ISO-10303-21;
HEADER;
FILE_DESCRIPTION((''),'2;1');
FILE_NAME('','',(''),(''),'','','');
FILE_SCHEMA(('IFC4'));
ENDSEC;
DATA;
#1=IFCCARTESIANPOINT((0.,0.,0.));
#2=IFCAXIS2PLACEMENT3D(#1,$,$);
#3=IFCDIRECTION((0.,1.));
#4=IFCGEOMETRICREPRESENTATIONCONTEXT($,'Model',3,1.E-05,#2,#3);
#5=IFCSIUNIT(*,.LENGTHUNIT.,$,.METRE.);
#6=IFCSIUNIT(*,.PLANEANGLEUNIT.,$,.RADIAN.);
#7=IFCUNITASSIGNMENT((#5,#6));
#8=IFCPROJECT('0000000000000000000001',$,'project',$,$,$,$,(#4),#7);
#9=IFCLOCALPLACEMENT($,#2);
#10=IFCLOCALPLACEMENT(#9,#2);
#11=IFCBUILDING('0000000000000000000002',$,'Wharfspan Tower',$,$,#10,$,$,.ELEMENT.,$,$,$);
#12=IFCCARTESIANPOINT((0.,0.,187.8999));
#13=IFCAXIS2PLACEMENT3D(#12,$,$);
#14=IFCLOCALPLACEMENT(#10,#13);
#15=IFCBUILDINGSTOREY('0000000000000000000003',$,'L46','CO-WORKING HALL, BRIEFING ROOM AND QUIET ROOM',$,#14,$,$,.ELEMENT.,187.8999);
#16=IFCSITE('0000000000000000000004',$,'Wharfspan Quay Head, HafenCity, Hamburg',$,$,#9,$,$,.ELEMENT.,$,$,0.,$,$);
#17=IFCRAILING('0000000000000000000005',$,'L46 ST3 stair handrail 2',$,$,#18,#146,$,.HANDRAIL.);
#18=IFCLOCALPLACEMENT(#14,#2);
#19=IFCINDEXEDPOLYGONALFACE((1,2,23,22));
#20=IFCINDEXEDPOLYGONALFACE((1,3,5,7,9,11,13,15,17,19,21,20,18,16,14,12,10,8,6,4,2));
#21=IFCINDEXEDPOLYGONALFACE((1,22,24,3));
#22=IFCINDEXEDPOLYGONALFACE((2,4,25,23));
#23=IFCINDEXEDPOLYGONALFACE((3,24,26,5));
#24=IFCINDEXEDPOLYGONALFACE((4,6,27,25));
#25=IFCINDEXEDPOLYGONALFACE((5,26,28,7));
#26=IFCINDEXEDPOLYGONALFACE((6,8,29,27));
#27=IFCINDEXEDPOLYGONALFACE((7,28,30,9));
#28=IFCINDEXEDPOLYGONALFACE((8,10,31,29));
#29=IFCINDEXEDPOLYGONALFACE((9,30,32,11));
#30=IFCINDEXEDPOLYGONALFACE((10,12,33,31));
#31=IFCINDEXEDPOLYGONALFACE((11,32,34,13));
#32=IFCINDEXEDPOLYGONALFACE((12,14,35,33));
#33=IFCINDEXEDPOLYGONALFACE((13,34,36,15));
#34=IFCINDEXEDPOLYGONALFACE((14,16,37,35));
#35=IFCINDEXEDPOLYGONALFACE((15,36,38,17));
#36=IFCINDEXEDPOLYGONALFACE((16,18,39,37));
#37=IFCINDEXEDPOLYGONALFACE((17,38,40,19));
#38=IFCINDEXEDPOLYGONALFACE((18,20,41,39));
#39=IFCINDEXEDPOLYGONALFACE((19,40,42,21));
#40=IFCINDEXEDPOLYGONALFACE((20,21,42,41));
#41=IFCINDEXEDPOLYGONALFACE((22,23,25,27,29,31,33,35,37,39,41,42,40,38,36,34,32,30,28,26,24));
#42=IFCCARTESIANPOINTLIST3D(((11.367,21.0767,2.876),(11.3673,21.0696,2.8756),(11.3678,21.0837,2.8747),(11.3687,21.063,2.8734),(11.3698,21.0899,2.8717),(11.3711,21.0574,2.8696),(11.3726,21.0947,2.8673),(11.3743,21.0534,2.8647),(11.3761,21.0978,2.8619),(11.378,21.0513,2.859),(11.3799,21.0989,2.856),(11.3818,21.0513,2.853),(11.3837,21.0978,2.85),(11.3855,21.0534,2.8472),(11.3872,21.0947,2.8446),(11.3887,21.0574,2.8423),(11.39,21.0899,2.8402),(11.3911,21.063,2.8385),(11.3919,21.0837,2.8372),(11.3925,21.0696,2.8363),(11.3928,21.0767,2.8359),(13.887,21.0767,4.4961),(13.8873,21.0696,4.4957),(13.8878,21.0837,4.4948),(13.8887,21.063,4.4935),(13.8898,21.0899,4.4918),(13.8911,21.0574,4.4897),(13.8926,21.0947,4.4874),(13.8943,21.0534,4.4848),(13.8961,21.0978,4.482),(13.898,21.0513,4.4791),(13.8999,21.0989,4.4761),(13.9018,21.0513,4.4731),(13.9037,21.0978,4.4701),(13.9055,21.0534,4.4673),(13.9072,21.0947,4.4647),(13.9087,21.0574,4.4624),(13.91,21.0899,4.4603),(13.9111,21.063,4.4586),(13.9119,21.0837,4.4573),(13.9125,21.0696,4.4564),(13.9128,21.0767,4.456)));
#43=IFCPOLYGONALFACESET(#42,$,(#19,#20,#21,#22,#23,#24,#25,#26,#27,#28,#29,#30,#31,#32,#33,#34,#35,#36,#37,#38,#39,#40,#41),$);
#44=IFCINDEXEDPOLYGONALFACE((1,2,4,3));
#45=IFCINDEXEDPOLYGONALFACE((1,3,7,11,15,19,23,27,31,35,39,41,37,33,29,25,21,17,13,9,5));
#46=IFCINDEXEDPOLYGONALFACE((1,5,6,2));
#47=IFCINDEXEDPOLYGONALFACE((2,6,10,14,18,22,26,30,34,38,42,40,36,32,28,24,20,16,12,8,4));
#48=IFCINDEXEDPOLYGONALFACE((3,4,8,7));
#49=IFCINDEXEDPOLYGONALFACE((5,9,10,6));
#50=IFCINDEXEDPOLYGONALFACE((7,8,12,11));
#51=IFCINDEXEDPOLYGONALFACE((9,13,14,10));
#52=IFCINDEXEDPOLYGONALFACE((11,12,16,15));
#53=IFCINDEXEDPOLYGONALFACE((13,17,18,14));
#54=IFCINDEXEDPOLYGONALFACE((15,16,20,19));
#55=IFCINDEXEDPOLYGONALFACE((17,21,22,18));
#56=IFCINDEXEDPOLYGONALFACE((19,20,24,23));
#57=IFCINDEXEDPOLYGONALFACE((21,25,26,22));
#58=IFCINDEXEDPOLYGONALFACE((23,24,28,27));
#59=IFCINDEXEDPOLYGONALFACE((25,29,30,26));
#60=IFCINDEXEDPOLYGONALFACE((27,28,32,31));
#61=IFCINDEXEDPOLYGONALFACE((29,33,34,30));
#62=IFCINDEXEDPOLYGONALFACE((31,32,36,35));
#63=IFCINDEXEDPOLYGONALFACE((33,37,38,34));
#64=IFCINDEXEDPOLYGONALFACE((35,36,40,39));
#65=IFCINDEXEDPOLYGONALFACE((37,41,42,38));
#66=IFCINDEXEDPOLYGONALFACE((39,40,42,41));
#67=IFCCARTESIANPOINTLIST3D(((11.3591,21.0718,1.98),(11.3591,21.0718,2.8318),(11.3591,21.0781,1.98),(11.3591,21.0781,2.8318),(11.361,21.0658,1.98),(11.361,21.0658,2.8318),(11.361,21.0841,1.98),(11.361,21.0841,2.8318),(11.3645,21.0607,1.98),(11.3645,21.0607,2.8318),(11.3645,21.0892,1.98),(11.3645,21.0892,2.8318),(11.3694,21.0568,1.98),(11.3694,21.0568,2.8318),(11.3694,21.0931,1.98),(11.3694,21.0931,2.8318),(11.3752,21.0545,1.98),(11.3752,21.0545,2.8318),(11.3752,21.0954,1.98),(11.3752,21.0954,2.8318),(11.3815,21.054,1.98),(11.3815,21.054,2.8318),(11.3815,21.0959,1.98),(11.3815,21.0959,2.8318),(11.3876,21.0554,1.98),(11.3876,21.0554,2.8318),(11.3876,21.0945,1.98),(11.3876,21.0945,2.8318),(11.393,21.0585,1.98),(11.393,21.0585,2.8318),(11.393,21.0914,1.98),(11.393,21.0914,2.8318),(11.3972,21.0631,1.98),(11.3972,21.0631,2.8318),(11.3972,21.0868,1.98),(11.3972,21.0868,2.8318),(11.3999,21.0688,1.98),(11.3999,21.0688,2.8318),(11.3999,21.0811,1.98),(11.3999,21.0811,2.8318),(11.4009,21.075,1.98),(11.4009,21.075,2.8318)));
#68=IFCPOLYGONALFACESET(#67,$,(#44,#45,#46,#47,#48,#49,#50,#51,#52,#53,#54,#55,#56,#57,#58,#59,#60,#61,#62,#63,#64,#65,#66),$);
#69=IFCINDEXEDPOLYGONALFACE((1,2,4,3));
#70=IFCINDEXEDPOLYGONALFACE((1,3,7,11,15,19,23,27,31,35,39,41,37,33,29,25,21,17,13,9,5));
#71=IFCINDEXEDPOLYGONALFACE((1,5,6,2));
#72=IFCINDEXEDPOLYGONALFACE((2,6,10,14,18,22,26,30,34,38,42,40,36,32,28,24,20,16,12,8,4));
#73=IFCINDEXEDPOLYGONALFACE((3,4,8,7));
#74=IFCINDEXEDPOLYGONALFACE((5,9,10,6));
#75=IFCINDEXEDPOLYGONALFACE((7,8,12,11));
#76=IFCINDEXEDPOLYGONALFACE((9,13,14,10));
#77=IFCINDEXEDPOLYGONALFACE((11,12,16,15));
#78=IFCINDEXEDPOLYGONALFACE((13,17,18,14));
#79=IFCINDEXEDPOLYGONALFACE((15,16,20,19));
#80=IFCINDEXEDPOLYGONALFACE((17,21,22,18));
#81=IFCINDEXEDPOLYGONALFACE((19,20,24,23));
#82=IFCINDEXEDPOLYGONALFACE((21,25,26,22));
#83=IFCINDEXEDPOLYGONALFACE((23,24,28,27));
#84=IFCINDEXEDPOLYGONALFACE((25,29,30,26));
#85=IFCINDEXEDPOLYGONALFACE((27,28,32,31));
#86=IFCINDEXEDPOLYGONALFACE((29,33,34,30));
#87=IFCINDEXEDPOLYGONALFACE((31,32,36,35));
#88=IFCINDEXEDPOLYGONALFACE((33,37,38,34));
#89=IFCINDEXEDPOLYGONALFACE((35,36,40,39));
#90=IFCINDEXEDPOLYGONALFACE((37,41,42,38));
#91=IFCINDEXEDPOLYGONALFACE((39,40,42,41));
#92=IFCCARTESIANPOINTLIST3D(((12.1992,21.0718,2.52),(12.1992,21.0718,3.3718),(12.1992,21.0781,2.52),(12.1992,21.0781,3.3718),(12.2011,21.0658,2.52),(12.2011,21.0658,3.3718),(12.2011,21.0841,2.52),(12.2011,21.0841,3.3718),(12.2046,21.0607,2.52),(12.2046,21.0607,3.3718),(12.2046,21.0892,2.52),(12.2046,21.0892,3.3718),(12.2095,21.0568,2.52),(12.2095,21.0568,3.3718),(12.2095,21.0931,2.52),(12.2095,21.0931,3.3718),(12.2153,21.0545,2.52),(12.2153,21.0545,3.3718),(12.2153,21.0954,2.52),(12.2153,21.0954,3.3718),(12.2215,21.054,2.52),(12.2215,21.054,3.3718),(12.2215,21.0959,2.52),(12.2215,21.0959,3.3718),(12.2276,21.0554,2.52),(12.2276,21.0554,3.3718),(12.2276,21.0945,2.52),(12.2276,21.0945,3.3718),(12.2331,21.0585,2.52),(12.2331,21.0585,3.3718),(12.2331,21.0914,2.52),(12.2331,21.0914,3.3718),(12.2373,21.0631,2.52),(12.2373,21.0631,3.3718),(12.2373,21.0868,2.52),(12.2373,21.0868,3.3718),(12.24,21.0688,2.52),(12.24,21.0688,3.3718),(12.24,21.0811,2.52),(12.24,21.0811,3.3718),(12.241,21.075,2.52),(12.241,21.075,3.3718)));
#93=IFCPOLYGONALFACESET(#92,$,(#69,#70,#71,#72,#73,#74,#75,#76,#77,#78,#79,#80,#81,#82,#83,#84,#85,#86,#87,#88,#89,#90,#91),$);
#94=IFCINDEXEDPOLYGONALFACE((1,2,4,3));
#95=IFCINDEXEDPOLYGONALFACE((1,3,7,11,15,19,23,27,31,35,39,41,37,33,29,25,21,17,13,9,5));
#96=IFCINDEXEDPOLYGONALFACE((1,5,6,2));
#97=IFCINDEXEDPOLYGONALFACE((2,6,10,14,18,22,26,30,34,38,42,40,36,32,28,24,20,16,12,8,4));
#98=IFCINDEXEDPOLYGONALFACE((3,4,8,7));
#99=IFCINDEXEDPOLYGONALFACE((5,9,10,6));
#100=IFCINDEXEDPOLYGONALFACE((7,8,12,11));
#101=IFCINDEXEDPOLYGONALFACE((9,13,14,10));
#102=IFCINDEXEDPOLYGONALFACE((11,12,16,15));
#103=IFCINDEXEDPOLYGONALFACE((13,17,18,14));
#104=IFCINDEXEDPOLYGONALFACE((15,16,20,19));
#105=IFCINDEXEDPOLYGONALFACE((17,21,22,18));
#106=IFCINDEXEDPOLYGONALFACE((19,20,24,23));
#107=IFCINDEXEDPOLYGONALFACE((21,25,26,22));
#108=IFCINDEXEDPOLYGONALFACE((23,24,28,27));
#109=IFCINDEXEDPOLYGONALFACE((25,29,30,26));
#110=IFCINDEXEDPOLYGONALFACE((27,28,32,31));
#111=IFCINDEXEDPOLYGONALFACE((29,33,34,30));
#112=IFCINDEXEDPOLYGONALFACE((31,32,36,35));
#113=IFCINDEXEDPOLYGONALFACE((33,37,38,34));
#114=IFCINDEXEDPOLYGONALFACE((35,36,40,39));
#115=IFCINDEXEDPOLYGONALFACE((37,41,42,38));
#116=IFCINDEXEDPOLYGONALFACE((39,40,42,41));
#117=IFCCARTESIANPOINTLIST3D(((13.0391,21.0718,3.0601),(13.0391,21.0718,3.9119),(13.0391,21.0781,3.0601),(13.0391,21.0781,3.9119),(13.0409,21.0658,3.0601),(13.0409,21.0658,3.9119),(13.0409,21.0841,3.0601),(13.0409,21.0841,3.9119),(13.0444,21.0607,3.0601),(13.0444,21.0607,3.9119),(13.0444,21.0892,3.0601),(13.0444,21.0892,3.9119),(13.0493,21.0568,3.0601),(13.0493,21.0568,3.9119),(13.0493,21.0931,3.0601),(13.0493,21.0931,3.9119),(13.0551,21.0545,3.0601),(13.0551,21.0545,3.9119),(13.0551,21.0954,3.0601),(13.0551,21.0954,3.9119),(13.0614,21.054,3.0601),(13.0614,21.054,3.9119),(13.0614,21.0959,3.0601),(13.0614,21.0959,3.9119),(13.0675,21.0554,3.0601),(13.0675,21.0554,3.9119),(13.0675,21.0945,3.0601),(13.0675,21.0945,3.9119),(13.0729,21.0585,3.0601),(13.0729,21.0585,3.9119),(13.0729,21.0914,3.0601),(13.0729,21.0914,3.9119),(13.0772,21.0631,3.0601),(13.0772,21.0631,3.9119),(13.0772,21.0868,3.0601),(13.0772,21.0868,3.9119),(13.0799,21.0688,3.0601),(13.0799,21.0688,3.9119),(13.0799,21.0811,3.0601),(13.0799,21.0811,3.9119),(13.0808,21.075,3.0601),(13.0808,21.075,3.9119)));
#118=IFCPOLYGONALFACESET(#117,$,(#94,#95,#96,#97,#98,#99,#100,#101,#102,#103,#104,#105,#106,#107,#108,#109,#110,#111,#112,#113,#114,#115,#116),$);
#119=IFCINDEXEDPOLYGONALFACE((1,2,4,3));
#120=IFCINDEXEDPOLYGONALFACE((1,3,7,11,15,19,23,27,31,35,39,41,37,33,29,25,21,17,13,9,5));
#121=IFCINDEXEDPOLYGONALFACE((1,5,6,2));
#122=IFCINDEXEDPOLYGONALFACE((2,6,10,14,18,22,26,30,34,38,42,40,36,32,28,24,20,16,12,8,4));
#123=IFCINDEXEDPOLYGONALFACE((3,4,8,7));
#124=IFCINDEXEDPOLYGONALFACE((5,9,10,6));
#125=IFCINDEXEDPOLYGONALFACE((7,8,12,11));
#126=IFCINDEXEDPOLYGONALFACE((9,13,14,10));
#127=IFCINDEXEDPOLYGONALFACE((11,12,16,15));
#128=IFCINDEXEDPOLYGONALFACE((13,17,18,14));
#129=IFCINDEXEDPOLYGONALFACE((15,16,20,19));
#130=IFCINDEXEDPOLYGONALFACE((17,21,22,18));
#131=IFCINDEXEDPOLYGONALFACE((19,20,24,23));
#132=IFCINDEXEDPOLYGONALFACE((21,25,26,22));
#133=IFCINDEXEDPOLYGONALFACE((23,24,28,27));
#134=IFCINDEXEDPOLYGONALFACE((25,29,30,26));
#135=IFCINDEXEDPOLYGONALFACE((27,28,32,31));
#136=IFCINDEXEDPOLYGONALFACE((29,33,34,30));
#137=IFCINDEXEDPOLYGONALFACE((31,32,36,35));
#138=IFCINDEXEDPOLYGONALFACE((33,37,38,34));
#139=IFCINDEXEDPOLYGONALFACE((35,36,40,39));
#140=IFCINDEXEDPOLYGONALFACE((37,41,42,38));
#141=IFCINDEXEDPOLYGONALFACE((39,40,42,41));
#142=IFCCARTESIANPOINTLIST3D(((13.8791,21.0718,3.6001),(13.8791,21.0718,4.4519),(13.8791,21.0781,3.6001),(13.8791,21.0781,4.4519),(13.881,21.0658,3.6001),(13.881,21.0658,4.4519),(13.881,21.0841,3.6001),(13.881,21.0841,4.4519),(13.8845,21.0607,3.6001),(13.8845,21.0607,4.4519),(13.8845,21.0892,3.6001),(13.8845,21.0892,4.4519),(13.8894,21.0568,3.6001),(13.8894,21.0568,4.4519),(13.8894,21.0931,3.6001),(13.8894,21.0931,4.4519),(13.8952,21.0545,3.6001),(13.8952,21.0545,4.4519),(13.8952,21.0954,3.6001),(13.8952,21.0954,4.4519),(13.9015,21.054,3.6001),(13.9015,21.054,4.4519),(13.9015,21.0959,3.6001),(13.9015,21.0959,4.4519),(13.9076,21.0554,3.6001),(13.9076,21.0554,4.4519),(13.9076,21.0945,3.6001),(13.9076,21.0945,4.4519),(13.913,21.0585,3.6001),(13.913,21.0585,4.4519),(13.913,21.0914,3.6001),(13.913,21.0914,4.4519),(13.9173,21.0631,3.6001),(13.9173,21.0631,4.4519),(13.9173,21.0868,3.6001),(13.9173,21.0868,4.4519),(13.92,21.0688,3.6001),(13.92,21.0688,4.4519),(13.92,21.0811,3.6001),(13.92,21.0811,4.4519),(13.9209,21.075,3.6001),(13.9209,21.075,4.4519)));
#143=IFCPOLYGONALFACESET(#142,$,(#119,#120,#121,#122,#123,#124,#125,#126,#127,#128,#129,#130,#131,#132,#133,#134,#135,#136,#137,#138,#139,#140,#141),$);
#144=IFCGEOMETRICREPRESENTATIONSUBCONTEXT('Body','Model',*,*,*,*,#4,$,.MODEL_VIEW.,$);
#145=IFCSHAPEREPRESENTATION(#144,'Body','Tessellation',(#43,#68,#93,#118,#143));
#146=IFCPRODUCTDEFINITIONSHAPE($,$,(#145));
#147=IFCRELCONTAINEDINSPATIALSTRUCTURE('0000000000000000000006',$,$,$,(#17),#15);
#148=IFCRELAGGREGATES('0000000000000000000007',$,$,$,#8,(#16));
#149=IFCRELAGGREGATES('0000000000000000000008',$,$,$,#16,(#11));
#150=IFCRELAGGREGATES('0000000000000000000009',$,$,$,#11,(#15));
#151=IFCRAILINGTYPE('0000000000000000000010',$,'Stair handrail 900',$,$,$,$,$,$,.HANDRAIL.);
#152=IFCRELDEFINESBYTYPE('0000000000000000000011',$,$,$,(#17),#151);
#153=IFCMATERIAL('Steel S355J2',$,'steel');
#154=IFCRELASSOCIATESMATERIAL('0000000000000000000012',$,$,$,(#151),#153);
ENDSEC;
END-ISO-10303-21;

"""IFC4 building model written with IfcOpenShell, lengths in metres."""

from ifc_helpers import new_model, si_unit, direction, frame, origin, origin_2d, place, context, subcontext, project, spatial, circle, extrude, material, type_object, element, save


model = new_model("IFC4")

# Units and contexts
model_context = context("Model", 3, precision=1e-05, world=origin(), true_north=direction((0.0, 1.0)))
body_context = subcontext(model_context, "Body", "Model", "MODEL_VIEW")
ifc_project = project(units=[si_unit("LENGTHUNIT", "METRE"), si_unit("PLANEANGLEUNIT", "RADIAN")], contexts=[model_context])

# Site, building, storey
site_placement = place(None, origin())
site = spatial("IfcSite", under=ifc_project, at=site_placement, Name="Wharfspan Quay Head, HafenCity, Hamburg", CompositionType="ELEMENT", RefElevation=0.0)
building_placement = place(site_placement, origin())
building = spatial("IfcBuilding", under=site, at=building_placement, Name="Wharfspan Tower", CompositionType="ELEMENT")
storey_placement = place(building_placement, frame((0.0, 0.0, 187.8999)))
storey = spatial("IfcBuildingStorey", under=building, at=storey_placement, Name="L46", Description="CO-WORKING HALL, BRIEFING ROOM AND QUIET ROOM", CompositionType="ELEMENT", Elevation=187.8999)

# Shared definitions
ifc_material_1 = material(Name="Steel S355J2", Category="steel")

# Railing
railing_type_1 = type_object("IfcRailingType", Name="Stair handrail 900", PredefinedType="HANDRAIL", material=ifc_material_1)
railing_1_placement = place(storey_placement, frame((11.3799, 21.075, 1.98)))
element("IfcRailing", 1, at=railing_1_placement, inside=storey, type_object=railing_type_1, Name="L46 ST3 stair handrail 2", PredefinedType="HANDRAIL", context=body_context, shape_type="SweptSolid", body=[
    extrude(circle(Radius=0.0239, at=origin_2d()), frame((0.0, 0.0, 0.876), z_axis=(0.841163, 0.0, 0.540782), x_axis=(0.0, 1.0, 0.0)), (0.0, 0.0, 1.0), 2.9958),
    extrude(circle(Radius=0.021, at=origin_2d()), origin(), (0.0, 0.0, 1.0), 0.8518),
    extrude(circle(Radius=0.021, at=origin_2d()), frame((0.8401, 0.0, 0.54)), (0.0, 0.0, 1.0), 0.8518),
    extrude(circle(Radius=0.021, at=origin_2d()), frame((1.6799, 0.0, 1.0801)), (0.0, 0.0, 1.0), 0.8518),
    extrude(circle(Radius=0.021, at=origin_2d()), frame((2.52, 0.0, 1.6201)), (0.0, 0.0, 1.0), 0.8518),
])

save(model, "model.ifc")
